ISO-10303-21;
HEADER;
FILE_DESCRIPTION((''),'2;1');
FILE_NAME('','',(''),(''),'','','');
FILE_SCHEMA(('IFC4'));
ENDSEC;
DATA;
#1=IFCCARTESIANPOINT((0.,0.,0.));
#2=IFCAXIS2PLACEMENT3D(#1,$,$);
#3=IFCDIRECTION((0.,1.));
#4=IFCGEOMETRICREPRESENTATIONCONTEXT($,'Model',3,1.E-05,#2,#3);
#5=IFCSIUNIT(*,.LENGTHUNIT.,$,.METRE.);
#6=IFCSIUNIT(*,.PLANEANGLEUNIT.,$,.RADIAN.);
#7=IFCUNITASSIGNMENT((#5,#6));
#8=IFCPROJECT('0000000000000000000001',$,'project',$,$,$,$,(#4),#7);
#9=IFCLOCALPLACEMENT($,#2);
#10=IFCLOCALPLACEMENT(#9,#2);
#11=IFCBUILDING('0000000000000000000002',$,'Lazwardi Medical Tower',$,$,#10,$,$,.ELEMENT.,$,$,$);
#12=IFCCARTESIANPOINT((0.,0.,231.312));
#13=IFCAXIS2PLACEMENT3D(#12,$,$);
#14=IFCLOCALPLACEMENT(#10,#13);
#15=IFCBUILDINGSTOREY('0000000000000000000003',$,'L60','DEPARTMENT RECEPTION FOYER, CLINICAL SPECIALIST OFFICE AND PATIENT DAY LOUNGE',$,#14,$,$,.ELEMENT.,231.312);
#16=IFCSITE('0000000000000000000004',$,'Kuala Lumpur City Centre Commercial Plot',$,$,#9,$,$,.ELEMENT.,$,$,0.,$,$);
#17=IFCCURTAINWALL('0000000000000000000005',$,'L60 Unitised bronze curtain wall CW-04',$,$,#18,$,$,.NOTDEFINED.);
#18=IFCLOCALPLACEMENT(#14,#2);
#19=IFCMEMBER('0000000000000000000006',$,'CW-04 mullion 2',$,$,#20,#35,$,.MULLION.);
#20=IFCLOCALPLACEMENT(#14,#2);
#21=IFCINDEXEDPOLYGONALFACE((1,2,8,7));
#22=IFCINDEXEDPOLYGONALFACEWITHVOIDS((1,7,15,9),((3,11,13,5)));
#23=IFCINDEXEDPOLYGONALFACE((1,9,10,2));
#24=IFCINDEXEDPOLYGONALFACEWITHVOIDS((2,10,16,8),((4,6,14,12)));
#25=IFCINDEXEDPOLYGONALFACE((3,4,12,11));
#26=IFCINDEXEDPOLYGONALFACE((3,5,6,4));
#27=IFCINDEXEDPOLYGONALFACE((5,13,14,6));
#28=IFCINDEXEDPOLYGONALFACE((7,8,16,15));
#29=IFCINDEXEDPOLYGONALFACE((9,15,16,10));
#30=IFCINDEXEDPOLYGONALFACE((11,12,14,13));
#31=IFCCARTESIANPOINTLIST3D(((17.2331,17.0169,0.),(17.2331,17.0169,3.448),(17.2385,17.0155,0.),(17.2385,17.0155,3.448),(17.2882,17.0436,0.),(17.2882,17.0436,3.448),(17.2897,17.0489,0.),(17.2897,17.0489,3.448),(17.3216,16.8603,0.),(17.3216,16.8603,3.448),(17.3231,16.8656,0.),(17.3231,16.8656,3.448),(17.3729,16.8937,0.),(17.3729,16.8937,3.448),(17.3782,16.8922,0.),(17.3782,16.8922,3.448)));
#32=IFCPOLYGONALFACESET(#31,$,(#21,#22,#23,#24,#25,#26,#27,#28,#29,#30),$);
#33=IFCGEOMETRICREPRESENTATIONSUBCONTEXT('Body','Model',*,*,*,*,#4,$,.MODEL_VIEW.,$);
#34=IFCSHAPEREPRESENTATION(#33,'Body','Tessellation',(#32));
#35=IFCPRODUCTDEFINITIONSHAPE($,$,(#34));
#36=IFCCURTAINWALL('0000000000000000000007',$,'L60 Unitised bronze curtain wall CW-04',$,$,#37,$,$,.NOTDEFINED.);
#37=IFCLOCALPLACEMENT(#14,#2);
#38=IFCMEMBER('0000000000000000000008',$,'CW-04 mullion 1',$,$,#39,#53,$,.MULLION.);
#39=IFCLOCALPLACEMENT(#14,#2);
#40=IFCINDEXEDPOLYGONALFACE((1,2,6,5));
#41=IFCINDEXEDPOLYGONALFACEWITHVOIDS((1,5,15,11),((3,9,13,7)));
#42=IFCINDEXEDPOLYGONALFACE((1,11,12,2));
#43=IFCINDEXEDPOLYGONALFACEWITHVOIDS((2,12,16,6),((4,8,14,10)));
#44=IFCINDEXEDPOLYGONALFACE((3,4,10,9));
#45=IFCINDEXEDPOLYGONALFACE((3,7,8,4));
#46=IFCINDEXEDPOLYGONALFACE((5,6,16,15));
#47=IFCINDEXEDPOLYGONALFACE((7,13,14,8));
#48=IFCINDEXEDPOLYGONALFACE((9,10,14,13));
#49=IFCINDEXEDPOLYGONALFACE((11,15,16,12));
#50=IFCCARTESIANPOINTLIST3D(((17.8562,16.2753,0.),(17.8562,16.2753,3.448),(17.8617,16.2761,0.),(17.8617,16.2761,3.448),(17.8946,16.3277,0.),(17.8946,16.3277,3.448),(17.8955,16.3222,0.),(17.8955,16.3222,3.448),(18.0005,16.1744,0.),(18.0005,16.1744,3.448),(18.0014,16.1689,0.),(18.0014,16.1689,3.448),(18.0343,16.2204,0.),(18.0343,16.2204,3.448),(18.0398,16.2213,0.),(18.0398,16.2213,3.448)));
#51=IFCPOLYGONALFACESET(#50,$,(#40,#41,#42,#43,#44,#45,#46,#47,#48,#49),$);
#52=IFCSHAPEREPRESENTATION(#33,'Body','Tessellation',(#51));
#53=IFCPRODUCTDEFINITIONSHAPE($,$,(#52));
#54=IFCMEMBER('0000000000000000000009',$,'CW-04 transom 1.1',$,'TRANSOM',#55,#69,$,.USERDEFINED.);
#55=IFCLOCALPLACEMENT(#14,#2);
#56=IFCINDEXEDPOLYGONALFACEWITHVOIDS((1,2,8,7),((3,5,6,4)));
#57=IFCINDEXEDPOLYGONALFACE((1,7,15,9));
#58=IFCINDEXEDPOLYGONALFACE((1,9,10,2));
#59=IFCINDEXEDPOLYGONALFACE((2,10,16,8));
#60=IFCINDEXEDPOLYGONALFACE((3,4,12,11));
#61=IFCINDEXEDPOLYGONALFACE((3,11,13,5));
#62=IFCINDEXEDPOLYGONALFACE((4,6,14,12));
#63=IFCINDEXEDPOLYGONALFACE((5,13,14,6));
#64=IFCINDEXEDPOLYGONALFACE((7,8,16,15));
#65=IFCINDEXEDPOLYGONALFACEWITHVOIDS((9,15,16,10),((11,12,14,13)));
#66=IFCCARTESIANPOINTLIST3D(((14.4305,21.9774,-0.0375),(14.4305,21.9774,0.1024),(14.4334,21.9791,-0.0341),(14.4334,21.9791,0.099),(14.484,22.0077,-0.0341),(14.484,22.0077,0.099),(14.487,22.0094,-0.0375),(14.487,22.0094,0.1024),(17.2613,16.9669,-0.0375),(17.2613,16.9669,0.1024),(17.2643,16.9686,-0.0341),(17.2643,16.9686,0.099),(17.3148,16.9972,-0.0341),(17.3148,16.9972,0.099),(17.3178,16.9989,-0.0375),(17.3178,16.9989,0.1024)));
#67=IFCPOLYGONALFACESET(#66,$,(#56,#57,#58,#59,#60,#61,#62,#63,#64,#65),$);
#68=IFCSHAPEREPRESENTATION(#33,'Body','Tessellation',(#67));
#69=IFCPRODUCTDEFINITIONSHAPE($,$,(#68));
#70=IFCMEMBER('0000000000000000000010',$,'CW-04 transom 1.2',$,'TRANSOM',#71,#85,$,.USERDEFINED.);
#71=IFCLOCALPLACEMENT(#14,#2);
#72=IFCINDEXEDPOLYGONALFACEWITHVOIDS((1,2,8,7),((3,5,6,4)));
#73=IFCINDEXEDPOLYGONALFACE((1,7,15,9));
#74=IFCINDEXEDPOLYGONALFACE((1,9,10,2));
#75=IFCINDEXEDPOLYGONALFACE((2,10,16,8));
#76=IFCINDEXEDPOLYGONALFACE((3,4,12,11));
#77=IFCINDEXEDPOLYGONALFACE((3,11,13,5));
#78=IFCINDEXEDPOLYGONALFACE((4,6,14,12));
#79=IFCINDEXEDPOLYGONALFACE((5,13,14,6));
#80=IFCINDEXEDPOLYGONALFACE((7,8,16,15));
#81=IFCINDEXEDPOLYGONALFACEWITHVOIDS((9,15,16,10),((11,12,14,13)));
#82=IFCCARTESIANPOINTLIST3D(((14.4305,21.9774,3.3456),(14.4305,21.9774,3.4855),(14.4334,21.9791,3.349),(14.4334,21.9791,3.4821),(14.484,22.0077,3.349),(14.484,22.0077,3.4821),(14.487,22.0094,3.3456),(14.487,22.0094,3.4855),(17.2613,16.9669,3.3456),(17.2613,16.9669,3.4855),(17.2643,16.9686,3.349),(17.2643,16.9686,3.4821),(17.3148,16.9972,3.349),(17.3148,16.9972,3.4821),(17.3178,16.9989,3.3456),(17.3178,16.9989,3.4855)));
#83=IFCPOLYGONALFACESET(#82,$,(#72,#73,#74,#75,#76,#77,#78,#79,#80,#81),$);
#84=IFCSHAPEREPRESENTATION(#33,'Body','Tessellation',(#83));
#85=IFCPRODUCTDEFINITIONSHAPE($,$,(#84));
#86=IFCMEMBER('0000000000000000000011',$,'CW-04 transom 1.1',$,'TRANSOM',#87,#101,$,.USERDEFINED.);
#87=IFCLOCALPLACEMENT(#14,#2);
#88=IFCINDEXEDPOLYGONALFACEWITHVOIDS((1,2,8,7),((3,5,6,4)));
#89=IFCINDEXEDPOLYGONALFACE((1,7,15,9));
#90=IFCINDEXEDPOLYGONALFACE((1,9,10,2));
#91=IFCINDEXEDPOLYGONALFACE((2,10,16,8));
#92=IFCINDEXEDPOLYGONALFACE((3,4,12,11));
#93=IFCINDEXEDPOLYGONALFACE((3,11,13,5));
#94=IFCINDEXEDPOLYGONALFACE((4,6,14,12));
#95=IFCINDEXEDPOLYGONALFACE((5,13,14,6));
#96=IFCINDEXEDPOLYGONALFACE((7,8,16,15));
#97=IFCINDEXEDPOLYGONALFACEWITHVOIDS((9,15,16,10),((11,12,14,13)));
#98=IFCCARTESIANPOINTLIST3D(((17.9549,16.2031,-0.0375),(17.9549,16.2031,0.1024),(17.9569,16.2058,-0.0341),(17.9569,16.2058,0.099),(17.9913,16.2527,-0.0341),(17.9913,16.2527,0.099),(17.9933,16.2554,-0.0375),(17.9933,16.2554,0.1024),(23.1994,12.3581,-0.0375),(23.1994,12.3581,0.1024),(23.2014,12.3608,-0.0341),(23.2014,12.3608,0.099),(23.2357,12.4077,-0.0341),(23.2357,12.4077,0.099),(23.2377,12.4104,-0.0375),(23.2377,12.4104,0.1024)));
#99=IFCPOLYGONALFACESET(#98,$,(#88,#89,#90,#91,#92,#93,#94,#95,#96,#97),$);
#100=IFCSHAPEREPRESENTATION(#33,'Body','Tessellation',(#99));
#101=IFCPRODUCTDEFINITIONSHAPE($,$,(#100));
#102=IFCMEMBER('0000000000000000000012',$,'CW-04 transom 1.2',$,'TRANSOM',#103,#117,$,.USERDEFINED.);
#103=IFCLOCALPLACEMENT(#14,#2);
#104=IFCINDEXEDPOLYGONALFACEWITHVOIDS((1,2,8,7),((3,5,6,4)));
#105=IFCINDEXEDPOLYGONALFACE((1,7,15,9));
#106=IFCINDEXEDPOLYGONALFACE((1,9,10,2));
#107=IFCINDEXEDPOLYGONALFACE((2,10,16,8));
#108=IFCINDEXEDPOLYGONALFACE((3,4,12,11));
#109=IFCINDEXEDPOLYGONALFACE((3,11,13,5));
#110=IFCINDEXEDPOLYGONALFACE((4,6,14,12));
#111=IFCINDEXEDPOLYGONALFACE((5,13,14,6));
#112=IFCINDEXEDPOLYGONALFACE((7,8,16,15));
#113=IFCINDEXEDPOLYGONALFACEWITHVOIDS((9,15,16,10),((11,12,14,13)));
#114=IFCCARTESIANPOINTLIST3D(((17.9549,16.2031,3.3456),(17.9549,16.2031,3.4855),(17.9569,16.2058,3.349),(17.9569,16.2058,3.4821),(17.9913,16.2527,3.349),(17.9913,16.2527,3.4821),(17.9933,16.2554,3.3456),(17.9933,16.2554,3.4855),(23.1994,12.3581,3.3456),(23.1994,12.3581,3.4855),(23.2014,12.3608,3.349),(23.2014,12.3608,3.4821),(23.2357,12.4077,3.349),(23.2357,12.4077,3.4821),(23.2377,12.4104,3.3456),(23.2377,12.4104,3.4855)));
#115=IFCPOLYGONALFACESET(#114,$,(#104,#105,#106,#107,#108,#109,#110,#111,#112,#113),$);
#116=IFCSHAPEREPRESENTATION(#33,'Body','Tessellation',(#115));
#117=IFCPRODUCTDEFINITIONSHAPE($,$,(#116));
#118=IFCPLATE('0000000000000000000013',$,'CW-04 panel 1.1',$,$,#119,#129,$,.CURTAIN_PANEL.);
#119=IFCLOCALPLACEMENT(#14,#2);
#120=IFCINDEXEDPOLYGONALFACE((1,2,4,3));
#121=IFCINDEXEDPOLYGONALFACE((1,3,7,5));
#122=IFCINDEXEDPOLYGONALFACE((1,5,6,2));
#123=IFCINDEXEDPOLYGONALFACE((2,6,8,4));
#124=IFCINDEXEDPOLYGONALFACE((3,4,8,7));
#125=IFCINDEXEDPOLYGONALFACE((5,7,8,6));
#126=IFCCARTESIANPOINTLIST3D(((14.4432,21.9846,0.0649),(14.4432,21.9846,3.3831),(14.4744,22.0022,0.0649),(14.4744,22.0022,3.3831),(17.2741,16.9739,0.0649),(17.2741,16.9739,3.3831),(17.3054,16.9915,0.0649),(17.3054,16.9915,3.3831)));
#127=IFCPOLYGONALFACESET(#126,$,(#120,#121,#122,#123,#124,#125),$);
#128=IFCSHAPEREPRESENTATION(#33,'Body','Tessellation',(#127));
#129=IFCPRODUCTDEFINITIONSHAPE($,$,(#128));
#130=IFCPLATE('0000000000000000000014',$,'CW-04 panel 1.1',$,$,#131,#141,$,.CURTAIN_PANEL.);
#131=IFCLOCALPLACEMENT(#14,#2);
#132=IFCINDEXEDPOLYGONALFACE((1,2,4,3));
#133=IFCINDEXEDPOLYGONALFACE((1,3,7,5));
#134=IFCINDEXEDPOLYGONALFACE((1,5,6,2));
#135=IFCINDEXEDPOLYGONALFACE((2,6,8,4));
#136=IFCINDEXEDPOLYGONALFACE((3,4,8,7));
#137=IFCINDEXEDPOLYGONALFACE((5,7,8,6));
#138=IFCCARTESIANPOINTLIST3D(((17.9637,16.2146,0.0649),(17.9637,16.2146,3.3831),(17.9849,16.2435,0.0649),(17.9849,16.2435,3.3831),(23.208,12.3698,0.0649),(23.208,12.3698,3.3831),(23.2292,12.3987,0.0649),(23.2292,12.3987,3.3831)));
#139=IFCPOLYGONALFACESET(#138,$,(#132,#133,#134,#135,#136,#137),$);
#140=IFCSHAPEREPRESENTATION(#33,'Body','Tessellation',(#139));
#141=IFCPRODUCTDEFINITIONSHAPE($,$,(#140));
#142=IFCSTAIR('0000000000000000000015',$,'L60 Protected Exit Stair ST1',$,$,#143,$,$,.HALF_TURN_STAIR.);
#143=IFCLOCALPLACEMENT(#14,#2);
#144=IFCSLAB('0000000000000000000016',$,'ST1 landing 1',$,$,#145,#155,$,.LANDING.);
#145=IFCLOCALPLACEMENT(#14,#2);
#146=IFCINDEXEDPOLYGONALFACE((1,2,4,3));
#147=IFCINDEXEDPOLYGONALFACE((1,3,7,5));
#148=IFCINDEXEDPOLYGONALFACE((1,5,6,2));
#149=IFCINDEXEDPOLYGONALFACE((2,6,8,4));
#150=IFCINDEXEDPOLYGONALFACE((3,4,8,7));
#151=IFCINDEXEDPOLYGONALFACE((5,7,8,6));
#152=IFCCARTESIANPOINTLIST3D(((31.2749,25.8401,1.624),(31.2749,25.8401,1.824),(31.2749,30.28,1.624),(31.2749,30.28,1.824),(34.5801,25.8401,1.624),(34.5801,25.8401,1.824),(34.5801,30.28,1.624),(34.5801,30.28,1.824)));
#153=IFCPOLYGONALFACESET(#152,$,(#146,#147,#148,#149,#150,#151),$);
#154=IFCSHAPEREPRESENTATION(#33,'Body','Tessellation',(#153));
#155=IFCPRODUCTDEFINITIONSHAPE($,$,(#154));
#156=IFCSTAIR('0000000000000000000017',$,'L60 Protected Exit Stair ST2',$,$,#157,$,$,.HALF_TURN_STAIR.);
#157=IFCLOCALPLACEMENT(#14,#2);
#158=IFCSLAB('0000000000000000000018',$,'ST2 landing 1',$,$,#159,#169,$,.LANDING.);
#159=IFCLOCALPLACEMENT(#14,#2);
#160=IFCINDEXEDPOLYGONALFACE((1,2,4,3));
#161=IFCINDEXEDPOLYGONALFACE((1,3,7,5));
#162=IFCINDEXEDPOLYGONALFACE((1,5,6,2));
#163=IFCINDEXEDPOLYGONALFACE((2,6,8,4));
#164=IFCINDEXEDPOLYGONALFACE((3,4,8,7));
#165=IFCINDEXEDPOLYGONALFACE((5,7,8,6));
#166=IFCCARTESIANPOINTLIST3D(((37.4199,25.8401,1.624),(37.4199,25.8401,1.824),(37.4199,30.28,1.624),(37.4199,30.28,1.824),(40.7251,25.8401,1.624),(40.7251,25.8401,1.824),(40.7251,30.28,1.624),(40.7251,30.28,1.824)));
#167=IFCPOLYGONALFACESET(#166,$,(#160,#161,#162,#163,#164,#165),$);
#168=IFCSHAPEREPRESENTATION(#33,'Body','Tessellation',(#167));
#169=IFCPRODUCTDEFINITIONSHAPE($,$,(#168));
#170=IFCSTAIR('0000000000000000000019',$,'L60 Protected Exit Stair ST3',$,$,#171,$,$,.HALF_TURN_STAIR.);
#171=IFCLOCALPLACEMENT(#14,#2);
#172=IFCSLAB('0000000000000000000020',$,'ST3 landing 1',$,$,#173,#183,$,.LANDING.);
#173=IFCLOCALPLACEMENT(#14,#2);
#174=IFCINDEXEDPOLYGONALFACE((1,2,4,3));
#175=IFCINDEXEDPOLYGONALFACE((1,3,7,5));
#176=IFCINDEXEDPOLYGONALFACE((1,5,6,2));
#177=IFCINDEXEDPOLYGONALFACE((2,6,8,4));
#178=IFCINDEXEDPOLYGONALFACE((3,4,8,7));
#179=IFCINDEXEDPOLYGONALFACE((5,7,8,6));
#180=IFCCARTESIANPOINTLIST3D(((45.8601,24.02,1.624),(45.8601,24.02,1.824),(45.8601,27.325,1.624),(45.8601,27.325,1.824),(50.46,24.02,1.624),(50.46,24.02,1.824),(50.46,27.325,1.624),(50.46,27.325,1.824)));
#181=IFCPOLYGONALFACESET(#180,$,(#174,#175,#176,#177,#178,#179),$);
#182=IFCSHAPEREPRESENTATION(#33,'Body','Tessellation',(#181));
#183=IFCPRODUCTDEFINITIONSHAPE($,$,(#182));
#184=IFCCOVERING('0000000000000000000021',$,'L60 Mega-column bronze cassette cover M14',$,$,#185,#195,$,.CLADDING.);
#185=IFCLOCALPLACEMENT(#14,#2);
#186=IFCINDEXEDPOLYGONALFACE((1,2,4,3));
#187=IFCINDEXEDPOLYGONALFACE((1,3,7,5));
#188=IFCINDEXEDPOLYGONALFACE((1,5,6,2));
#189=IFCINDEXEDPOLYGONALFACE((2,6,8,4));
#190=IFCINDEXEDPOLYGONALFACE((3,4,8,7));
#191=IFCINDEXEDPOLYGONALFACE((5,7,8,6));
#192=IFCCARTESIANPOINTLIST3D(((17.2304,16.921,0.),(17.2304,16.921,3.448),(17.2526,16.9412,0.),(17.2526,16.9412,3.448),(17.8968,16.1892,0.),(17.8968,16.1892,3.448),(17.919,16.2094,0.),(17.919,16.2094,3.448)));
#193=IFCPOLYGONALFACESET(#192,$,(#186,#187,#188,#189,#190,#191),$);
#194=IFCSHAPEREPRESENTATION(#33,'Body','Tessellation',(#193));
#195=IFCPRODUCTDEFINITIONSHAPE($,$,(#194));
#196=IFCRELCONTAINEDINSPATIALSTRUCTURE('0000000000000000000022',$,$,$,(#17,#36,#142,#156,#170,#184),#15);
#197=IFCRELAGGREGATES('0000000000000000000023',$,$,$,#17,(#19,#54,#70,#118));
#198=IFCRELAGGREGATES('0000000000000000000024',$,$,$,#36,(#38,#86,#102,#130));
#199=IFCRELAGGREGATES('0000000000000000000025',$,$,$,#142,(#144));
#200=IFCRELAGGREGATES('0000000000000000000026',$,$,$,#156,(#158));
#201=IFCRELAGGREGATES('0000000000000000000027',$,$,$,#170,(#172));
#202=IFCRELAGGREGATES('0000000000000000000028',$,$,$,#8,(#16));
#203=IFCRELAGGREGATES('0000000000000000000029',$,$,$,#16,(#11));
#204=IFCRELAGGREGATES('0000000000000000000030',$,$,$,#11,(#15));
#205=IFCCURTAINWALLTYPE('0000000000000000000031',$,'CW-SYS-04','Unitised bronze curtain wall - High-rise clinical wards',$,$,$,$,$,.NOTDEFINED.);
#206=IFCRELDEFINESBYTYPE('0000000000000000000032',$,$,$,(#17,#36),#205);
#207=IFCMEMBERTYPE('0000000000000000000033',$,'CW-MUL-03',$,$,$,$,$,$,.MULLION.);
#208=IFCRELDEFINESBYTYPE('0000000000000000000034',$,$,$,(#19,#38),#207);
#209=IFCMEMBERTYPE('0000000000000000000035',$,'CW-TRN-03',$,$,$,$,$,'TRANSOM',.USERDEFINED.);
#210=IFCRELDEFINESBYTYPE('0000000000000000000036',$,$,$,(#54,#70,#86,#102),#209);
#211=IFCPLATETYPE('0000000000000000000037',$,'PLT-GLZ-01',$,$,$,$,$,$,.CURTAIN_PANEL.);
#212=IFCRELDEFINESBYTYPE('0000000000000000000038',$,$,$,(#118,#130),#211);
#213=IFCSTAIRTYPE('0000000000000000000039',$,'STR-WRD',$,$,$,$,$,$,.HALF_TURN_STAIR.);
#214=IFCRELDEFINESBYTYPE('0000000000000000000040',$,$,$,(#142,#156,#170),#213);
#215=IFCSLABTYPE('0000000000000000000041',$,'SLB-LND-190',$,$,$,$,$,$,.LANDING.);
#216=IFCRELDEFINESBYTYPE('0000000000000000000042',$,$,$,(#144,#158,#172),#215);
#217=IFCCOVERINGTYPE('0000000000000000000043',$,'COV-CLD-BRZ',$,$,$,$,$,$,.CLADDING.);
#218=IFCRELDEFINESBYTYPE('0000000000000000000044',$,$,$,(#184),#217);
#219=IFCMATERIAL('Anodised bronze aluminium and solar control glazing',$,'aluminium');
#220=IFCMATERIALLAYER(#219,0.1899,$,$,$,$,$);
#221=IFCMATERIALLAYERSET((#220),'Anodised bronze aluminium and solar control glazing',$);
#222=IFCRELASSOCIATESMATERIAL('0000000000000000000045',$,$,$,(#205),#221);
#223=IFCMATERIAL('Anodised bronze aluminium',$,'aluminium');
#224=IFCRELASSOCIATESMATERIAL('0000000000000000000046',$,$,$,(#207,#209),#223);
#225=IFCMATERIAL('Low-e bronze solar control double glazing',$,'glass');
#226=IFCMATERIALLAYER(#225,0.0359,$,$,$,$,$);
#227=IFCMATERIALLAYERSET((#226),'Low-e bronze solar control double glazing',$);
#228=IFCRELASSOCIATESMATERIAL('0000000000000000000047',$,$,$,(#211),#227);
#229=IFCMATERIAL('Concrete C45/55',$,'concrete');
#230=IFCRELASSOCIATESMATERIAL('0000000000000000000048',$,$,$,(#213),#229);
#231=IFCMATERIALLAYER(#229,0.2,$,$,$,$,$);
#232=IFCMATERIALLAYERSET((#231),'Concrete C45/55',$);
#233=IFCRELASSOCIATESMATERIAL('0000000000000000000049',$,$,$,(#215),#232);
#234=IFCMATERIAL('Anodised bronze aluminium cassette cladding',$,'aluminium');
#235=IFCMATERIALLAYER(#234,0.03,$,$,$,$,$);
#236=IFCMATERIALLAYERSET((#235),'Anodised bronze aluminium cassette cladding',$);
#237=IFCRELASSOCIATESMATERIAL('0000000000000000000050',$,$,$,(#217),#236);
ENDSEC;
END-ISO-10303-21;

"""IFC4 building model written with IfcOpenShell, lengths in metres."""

from ifc_helpers import new_model, si_unit, direction, frame, origin, origin_2d, place, context, subcontext, project, spatial, polyline, rectangle, hollow_rectangle, outline, extrude, material, layer, layer_set, material_profile, profile_set, type_object, element, aggregate, save


model = new_model("IFC4")

# Units and contexts
model_context = context("Model", 3, precision=1e-05, world=origin(), true_north=direction((0.0, 1.0)))
body_context = subcontext(model_context, "Body", "Model", "MODEL_VIEW")
ifc_project = project(units=[si_unit("LENGTHUNIT", "METRE"), si_unit("PLANEANGLEUNIT", "RADIAN")], contexts=[model_context])

# Site, building, storey
site_placement = place(None, origin())
site = spatial("IfcSite", under=ifc_project, at=site_placement, Name="Kuala Lumpur City Centre Commercial Plot", CompositionType="ELEMENT", RefElevation=0.0)
building_placement = place(site_placement, origin())
building = spatial("IfcBuilding", under=site, at=building_placement, Name="Lazwardi Medical Tower", CompositionType="ELEMENT")
storey_placement = place(building_placement, frame((0.0, 0.0, 231.312)))
storey = spatial("IfcBuildingStorey", under=building, at=storey_placement, Name="L60", Description="DEPARTMENT RECEPTION FOYER, CLINICAL SPECIALIST OFFICE AND PATIENT DAY LOUNGE", CompositionType="ELEMENT", Elevation=231.312)

# Curtain walls, members
ifc_material_1 = material(Name="Anodised bronze aluminium and solar control glazing", Category="aluminium")
ifc_layer_1 = layer(ifc_material_1, 0.1899)
ifc_layer_set_1 = layer_set([ifc_layer_1], Name="Anodised bronze aluminium and solar control glazing")
curtain_wall_type = type_object("IfcCurtainWallType", Name="CW-SYS-04", Description="Unitised bronze curtain wall - High-rise clinical wards", PredefinedType="NOTDEFINED", material=ifc_layer_set_1)
curtain_wall_1_placement = place(storey_placement, origin())
curtain_wall_1 = element("IfcCurtainWall", 1, at=curtain_wall_1_placement, inside=storey, type_object=curtain_wall_type, Name="L60 Unitised bronze curtain wall CW-04", PredefinedType="NOTDEFINED")
ifc_material_2 = material(Name="Anodised bronze aluminium", Category="aluminium")
ifc_material_profile_1 = material_profile(ifc_material_2, hollow_rectangle(XDim=0.0649, YDim=0.1799, WallThickness=0.0039, at=origin_2d()), Name="ALU-MULLION 180x65x4")
ifc_profile_set_1 = profile_set([ifc_material_profile_1], Name="Anodised bronze aluminium")
member_type_1 = type_object("IfcMemberType", Name="CW-MUL-03", PredefinedType="MULLION", material=ifc_profile_set_1)
member_1_placement = place(storey_placement, frame((17.3057, 16.9546, 0.0), z_axis=(0.0, 0.0, 1.0), x_axis=(0.870651, 0.4919, 0.0)))
member_1 = element("IfcMember", 2, at=member_1_placement, type_object=member_type_1, Name="CW-04 mullion 2", PredefinedType="MULLION", context=body_context, shape_type="SweptSolid", body=[
    extrude(hollow_rectangle(XDim=0.0649, YDim=0.1799, WallThickness=0.0039, at=origin_2d()), origin(), (0.0, 0.0, 1.0), 3.448),
])
curtain_wall_2_placement = place(storey_placement, origin())
curtain_wall_2 = element("IfcCurtainWall", 3, at=curtain_wall_2_placement, inside=storey, type_object=curtain_wall_type, Name="L60 Unitised bronze curtain wall CW-04", PredefinedType="NOTDEFINED")
member_2_placement = place(storey_placement, frame((17.948, 16.2483, 0.0), z_axis=(0.0, 0.0, 1.0), x_axis=(0.591268, 0.806475, 0.0)))
member_2 = element("IfcMember", 4, at=member_2_placement, type_object=member_type_1, Name="CW-04 mullion 1", PredefinedType="MULLION", context=body_context, shape_type="SweptSolid", body=[
    extrude(hollow_rectangle(XDim=0.0649, YDim=0.1799, WallThickness=0.0039, at=origin_2d()), origin(), (0.0, 0.0, 1.0), 3.448),
])

# Members
ifc_material_profile_2 = material_profile(ifc_material_2, hollow_rectangle(XDim=0.0649, YDim=0.1399, WallThickness=0.0034, at=origin_2d()), Name="ALU-TRANSOM 140x65x3.5")
ifc_profile_set_2 = profile_set([ifc_material_profile_2], Name="Anodised bronze aluminium")
member_type_2 = type_object("IfcMemberType", Name="CW-TRN-03", ElementType="TRANSOM", PredefinedType="USERDEFINED", material=ifc_profile_set_2)
member_3_placement = place(storey_placement, frame((14.4587, 21.9934, 0.0325), z_axis=(0.491898, -0.870653, 0.0), x_axis=(0.870653, 0.491898, 0.0)))
member_3 = element("IfcMember", 5, at=member_3_placement, type_object=member_type_2, Name="CW-04 transom 1.1", ObjectType="TRANSOM", PredefinedType="USERDEFINED", context=body_context, shape_type="SweptSolid", body=[
    extrude(hollow_rectangle(XDim=0.0649, YDim=0.1399, WallThickness=0.0034, at=origin_2d()), origin(), (0.0, 0.0, 1.0), 5.7549),
])
member_4_placement = place(storey_placement, frame((14.4587, 21.9934, 3.4155), z_axis=(0.491898, -0.870653, 0.0), x_axis=(0.870653, 0.491898, 0.0)))
member_4 = element("IfcMember", 6, at=member_4_placement, type_object=member_type_2, Name="CW-04 transom 1.2", ObjectType="TRANSOM", PredefinedType="USERDEFINED", context=body_context, shape_type="SweptSolid", body=[
    extrude(hollow_rectangle(XDim=0.0649, YDim=0.1399, WallThickness=0.0034, at=origin_2d()), origin(), (0.0, 0.0, 1.0), 5.7549),
])
member_5_placement = place(storey_placement, frame((17.9741, 16.2292, 0.0325), z_axis=(0.806472, -0.591273, 0.0), x_axis=(0.591273, 0.806472, 0.0)))
member_5 = element("IfcMember", 7, at=member_5_placement, type_object=member_type_2, Name="CW-04 transom 1.1", ObjectType="TRANSOM", PredefinedType="USERDEFINED", context=body_context, shape_type="SweptSolid", body=[
    extrude(hollow_rectangle(XDim=0.0649, YDim=0.1399, WallThickness=0.0034, at=origin_2d()), origin(), (0.0, 0.0, 1.0), 6.5029),
])
member_6_placement = place(storey_placement, frame((17.9741, 16.2292, 3.4155), z_axis=(0.806472, -0.591273, 0.0), x_axis=(0.591273, 0.806472, 0.0)))
member_6 = element("IfcMember", 8, at=member_6_placement, type_object=member_type_2, Name="CW-04 transom 1.2", ObjectType="TRANSOM", PredefinedType="USERDEFINED", context=body_context, shape_type="SweptSolid", body=[
    extrude(hollow_rectangle(XDim=0.0649, YDim=0.1399, WallThickness=0.0034, at=origin_2d()), origin(), (0.0, 0.0, 1.0), 6.5029),
])

# Plates
ifc_material_3 = material(Name="Low-e bronze solar control double glazing", Category="glass")
ifc_layer_2 = layer(ifc_material_3, 0.0359)
ifc_layer_set_2 = layer_set([ifc_layer_2], Name="Low-e bronze solar control double glazing")
plate_type = type_object("IfcPlateType", Name="PLT-GLZ-01", PredefinedType="CURTAIN_PANEL", material=ifc_layer_set_2)
plate_1_placement = place(storey_placement, frame((15.8743, 19.488, 0.0649), z_axis=(0.0, 0.0, 1.0), x_axis=(0.4919, -0.870651, 0.0)))
plate_1 = element("IfcPlate", 9, at=plate_1_placement, type_object=plate_type, Name="CW-04 panel 1.1", PredefinedType="CURTAIN_PANEL", context=body_context, shape_type="SweptSolid", body=[
    extrude(rectangle(XDim=5.7551, YDim=0.0359, at=origin_2d()), origin(), (0.0, 0.0, 1.0), 3.3181),
])
aggregate(curtain_wall_1, [member_1, member_3, member_4, plate_1])
plate_2_placement = place(storey_placement, frame((20.5964, 14.3066, 0.0649), z_axis=(0.0, 0.0, 1.0), x_axis=(0.806475, -0.591268, 0.0)))
plate_2 = element("IfcPlate", 10, at=plate_2_placement, type_object=plate_type, Name="CW-04 panel 1.1", PredefinedType="CURTAIN_PANEL", context=body_context, shape_type="SweptSolid", body=[
    extrude(rectangle(XDim=6.5027, YDim=0.0359, at=origin_2d()), origin(), (0.0, 0.0, 1.0), 3.3181),
])
aggregate(curtain_wall_2, [member_2, member_5, member_6, plate_2])

# Stairs, slabs
ifc_material_4 = material(Name="Concrete C45/55", Category="concrete")
stair_type = type_object("IfcStairType", Name="STR-WRD", PredefinedType="HALF_TURN_STAIR", material=ifc_material_4)
stair_1_placement = place(storey_placement, origin())
stair_1 = element("IfcStair", 11, at=stair_1_placement, inside=storey, type_object=stair_type, Name="L60 Protected Exit Stair ST1", PredefinedType="HALF_TURN_STAIR")
ifc_layer_3 = layer(ifc_material_4, 0.2)
ifc_layer_set_3 = layer_set([ifc_layer_3], Name="Concrete C45/55")
slab_type = type_object("IfcSlabType", Name="SLB-LND-190", PredefinedType="LANDING", material=ifc_layer_set_3)
slab_1_placement = place(storey_placement, frame((0.0, 0.0, 1.624)))
slab_1 = element("IfcSlab", 12, at=slab_1_placement, type_object=slab_type, Name="ST1 landing 1", PredefinedType="LANDING", context=body_context, shape_type="SweptSolid", body=[
    extrude(outline(polyline([(31.2749, 25.8401), (34.5801, 25.8401), (34.5801, 30.28), (31.2749, 30.28), (31.2749, 25.8401)])), origin(), (0.0, 0.0, 1.0), 0.2),
])
aggregate(stair_1, [slab_1])
stair_2_placement = place(storey_placement, origin())
stair_2 = element("IfcStair", 13, at=stair_2_placement, inside=storey, type_object=stair_type, Name="L60 Protected Exit Stair ST2", PredefinedType="HALF_TURN_STAIR")
slab_2_placement = place(storey_placement, frame((0.0, 0.0, 1.624)))
slab_2 = element("IfcSlab", 14, at=slab_2_placement, type_object=slab_type, Name="ST2 landing 1", PredefinedType="LANDING", context=body_context, shape_type="SweptSolid", body=[
    extrude(outline(polyline([(40.7251, 30.28), (37.4199, 30.28), (37.4199, 25.8401), (40.7251, 25.8401), (40.7251, 30.28)])), origin(), (0.0, 0.0, 1.0), 0.2),
])
aggregate(stair_2, [slab_2])
stair_3_placement = place(storey_placement, origin())
stair_3 = element("IfcStair", 15, at=stair_3_placement, inside=storey, type_object=stair_type, Name="L60 Protected Exit Stair ST3", PredefinedType="HALF_TURN_STAIR")
slab_3_placement = place(storey_placement, frame((0.0, 0.0, 1.624)))
slab_3 = element("IfcSlab", 16, at=slab_3_placement, type_object=slab_type, Name="ST3 landing 1", PredefinedType="LANDING", context=body_context, shape_type="SweptSolid", body=[
    extrude(outline(polyline([(45.8601, 27.325), (45.8601, 24.02), (50.46, 24.02), (50.46, 27.325), (45.8601, 27.325)])), origin(), (0.0, 0.0, 1.0), 0.2),
])
aggregate(stair_3, [slab_3])

# Covering
ifc_material_5 = material(Name="Anodised bronze aluminium cassette cladding", Category="aluminium")
ifc_layer_4 = layer(ifc_material_5, 0.03)
ifc_layer_set_4 = layer_set([ifc_layer_4], Name="Anodised bronze aluminium cassette cladding")
covering_type_1 = type_object("IfcCoveringType", Name="COV-CLD-BRZ", PredefinedType="CLADDING", material=ifc_layer_set_4)
covering_1_placement = place(storey_placement, frame((17.5747, 16.5652, 0.0), z_axis=(0.0, 0.0, 1.0), x_axis=(0.673241, -0.739423, 0.0)))
element("IfcCovering", 17, at=covering_1_placement, inside=storey, type_object=covering_type_1, Name="L60 Mega-column bronze cassette cover M14", PredefinedType="CLADDING", context=body_context, shape_type="SweptSolid", body=[
    extrude(rectangle(XDim=0.9897, YDim=0.03, at=origin_2d()), origin(), (0.0, 0.0, 1.0), 3.448),
])

save(model, "model.ifc")
